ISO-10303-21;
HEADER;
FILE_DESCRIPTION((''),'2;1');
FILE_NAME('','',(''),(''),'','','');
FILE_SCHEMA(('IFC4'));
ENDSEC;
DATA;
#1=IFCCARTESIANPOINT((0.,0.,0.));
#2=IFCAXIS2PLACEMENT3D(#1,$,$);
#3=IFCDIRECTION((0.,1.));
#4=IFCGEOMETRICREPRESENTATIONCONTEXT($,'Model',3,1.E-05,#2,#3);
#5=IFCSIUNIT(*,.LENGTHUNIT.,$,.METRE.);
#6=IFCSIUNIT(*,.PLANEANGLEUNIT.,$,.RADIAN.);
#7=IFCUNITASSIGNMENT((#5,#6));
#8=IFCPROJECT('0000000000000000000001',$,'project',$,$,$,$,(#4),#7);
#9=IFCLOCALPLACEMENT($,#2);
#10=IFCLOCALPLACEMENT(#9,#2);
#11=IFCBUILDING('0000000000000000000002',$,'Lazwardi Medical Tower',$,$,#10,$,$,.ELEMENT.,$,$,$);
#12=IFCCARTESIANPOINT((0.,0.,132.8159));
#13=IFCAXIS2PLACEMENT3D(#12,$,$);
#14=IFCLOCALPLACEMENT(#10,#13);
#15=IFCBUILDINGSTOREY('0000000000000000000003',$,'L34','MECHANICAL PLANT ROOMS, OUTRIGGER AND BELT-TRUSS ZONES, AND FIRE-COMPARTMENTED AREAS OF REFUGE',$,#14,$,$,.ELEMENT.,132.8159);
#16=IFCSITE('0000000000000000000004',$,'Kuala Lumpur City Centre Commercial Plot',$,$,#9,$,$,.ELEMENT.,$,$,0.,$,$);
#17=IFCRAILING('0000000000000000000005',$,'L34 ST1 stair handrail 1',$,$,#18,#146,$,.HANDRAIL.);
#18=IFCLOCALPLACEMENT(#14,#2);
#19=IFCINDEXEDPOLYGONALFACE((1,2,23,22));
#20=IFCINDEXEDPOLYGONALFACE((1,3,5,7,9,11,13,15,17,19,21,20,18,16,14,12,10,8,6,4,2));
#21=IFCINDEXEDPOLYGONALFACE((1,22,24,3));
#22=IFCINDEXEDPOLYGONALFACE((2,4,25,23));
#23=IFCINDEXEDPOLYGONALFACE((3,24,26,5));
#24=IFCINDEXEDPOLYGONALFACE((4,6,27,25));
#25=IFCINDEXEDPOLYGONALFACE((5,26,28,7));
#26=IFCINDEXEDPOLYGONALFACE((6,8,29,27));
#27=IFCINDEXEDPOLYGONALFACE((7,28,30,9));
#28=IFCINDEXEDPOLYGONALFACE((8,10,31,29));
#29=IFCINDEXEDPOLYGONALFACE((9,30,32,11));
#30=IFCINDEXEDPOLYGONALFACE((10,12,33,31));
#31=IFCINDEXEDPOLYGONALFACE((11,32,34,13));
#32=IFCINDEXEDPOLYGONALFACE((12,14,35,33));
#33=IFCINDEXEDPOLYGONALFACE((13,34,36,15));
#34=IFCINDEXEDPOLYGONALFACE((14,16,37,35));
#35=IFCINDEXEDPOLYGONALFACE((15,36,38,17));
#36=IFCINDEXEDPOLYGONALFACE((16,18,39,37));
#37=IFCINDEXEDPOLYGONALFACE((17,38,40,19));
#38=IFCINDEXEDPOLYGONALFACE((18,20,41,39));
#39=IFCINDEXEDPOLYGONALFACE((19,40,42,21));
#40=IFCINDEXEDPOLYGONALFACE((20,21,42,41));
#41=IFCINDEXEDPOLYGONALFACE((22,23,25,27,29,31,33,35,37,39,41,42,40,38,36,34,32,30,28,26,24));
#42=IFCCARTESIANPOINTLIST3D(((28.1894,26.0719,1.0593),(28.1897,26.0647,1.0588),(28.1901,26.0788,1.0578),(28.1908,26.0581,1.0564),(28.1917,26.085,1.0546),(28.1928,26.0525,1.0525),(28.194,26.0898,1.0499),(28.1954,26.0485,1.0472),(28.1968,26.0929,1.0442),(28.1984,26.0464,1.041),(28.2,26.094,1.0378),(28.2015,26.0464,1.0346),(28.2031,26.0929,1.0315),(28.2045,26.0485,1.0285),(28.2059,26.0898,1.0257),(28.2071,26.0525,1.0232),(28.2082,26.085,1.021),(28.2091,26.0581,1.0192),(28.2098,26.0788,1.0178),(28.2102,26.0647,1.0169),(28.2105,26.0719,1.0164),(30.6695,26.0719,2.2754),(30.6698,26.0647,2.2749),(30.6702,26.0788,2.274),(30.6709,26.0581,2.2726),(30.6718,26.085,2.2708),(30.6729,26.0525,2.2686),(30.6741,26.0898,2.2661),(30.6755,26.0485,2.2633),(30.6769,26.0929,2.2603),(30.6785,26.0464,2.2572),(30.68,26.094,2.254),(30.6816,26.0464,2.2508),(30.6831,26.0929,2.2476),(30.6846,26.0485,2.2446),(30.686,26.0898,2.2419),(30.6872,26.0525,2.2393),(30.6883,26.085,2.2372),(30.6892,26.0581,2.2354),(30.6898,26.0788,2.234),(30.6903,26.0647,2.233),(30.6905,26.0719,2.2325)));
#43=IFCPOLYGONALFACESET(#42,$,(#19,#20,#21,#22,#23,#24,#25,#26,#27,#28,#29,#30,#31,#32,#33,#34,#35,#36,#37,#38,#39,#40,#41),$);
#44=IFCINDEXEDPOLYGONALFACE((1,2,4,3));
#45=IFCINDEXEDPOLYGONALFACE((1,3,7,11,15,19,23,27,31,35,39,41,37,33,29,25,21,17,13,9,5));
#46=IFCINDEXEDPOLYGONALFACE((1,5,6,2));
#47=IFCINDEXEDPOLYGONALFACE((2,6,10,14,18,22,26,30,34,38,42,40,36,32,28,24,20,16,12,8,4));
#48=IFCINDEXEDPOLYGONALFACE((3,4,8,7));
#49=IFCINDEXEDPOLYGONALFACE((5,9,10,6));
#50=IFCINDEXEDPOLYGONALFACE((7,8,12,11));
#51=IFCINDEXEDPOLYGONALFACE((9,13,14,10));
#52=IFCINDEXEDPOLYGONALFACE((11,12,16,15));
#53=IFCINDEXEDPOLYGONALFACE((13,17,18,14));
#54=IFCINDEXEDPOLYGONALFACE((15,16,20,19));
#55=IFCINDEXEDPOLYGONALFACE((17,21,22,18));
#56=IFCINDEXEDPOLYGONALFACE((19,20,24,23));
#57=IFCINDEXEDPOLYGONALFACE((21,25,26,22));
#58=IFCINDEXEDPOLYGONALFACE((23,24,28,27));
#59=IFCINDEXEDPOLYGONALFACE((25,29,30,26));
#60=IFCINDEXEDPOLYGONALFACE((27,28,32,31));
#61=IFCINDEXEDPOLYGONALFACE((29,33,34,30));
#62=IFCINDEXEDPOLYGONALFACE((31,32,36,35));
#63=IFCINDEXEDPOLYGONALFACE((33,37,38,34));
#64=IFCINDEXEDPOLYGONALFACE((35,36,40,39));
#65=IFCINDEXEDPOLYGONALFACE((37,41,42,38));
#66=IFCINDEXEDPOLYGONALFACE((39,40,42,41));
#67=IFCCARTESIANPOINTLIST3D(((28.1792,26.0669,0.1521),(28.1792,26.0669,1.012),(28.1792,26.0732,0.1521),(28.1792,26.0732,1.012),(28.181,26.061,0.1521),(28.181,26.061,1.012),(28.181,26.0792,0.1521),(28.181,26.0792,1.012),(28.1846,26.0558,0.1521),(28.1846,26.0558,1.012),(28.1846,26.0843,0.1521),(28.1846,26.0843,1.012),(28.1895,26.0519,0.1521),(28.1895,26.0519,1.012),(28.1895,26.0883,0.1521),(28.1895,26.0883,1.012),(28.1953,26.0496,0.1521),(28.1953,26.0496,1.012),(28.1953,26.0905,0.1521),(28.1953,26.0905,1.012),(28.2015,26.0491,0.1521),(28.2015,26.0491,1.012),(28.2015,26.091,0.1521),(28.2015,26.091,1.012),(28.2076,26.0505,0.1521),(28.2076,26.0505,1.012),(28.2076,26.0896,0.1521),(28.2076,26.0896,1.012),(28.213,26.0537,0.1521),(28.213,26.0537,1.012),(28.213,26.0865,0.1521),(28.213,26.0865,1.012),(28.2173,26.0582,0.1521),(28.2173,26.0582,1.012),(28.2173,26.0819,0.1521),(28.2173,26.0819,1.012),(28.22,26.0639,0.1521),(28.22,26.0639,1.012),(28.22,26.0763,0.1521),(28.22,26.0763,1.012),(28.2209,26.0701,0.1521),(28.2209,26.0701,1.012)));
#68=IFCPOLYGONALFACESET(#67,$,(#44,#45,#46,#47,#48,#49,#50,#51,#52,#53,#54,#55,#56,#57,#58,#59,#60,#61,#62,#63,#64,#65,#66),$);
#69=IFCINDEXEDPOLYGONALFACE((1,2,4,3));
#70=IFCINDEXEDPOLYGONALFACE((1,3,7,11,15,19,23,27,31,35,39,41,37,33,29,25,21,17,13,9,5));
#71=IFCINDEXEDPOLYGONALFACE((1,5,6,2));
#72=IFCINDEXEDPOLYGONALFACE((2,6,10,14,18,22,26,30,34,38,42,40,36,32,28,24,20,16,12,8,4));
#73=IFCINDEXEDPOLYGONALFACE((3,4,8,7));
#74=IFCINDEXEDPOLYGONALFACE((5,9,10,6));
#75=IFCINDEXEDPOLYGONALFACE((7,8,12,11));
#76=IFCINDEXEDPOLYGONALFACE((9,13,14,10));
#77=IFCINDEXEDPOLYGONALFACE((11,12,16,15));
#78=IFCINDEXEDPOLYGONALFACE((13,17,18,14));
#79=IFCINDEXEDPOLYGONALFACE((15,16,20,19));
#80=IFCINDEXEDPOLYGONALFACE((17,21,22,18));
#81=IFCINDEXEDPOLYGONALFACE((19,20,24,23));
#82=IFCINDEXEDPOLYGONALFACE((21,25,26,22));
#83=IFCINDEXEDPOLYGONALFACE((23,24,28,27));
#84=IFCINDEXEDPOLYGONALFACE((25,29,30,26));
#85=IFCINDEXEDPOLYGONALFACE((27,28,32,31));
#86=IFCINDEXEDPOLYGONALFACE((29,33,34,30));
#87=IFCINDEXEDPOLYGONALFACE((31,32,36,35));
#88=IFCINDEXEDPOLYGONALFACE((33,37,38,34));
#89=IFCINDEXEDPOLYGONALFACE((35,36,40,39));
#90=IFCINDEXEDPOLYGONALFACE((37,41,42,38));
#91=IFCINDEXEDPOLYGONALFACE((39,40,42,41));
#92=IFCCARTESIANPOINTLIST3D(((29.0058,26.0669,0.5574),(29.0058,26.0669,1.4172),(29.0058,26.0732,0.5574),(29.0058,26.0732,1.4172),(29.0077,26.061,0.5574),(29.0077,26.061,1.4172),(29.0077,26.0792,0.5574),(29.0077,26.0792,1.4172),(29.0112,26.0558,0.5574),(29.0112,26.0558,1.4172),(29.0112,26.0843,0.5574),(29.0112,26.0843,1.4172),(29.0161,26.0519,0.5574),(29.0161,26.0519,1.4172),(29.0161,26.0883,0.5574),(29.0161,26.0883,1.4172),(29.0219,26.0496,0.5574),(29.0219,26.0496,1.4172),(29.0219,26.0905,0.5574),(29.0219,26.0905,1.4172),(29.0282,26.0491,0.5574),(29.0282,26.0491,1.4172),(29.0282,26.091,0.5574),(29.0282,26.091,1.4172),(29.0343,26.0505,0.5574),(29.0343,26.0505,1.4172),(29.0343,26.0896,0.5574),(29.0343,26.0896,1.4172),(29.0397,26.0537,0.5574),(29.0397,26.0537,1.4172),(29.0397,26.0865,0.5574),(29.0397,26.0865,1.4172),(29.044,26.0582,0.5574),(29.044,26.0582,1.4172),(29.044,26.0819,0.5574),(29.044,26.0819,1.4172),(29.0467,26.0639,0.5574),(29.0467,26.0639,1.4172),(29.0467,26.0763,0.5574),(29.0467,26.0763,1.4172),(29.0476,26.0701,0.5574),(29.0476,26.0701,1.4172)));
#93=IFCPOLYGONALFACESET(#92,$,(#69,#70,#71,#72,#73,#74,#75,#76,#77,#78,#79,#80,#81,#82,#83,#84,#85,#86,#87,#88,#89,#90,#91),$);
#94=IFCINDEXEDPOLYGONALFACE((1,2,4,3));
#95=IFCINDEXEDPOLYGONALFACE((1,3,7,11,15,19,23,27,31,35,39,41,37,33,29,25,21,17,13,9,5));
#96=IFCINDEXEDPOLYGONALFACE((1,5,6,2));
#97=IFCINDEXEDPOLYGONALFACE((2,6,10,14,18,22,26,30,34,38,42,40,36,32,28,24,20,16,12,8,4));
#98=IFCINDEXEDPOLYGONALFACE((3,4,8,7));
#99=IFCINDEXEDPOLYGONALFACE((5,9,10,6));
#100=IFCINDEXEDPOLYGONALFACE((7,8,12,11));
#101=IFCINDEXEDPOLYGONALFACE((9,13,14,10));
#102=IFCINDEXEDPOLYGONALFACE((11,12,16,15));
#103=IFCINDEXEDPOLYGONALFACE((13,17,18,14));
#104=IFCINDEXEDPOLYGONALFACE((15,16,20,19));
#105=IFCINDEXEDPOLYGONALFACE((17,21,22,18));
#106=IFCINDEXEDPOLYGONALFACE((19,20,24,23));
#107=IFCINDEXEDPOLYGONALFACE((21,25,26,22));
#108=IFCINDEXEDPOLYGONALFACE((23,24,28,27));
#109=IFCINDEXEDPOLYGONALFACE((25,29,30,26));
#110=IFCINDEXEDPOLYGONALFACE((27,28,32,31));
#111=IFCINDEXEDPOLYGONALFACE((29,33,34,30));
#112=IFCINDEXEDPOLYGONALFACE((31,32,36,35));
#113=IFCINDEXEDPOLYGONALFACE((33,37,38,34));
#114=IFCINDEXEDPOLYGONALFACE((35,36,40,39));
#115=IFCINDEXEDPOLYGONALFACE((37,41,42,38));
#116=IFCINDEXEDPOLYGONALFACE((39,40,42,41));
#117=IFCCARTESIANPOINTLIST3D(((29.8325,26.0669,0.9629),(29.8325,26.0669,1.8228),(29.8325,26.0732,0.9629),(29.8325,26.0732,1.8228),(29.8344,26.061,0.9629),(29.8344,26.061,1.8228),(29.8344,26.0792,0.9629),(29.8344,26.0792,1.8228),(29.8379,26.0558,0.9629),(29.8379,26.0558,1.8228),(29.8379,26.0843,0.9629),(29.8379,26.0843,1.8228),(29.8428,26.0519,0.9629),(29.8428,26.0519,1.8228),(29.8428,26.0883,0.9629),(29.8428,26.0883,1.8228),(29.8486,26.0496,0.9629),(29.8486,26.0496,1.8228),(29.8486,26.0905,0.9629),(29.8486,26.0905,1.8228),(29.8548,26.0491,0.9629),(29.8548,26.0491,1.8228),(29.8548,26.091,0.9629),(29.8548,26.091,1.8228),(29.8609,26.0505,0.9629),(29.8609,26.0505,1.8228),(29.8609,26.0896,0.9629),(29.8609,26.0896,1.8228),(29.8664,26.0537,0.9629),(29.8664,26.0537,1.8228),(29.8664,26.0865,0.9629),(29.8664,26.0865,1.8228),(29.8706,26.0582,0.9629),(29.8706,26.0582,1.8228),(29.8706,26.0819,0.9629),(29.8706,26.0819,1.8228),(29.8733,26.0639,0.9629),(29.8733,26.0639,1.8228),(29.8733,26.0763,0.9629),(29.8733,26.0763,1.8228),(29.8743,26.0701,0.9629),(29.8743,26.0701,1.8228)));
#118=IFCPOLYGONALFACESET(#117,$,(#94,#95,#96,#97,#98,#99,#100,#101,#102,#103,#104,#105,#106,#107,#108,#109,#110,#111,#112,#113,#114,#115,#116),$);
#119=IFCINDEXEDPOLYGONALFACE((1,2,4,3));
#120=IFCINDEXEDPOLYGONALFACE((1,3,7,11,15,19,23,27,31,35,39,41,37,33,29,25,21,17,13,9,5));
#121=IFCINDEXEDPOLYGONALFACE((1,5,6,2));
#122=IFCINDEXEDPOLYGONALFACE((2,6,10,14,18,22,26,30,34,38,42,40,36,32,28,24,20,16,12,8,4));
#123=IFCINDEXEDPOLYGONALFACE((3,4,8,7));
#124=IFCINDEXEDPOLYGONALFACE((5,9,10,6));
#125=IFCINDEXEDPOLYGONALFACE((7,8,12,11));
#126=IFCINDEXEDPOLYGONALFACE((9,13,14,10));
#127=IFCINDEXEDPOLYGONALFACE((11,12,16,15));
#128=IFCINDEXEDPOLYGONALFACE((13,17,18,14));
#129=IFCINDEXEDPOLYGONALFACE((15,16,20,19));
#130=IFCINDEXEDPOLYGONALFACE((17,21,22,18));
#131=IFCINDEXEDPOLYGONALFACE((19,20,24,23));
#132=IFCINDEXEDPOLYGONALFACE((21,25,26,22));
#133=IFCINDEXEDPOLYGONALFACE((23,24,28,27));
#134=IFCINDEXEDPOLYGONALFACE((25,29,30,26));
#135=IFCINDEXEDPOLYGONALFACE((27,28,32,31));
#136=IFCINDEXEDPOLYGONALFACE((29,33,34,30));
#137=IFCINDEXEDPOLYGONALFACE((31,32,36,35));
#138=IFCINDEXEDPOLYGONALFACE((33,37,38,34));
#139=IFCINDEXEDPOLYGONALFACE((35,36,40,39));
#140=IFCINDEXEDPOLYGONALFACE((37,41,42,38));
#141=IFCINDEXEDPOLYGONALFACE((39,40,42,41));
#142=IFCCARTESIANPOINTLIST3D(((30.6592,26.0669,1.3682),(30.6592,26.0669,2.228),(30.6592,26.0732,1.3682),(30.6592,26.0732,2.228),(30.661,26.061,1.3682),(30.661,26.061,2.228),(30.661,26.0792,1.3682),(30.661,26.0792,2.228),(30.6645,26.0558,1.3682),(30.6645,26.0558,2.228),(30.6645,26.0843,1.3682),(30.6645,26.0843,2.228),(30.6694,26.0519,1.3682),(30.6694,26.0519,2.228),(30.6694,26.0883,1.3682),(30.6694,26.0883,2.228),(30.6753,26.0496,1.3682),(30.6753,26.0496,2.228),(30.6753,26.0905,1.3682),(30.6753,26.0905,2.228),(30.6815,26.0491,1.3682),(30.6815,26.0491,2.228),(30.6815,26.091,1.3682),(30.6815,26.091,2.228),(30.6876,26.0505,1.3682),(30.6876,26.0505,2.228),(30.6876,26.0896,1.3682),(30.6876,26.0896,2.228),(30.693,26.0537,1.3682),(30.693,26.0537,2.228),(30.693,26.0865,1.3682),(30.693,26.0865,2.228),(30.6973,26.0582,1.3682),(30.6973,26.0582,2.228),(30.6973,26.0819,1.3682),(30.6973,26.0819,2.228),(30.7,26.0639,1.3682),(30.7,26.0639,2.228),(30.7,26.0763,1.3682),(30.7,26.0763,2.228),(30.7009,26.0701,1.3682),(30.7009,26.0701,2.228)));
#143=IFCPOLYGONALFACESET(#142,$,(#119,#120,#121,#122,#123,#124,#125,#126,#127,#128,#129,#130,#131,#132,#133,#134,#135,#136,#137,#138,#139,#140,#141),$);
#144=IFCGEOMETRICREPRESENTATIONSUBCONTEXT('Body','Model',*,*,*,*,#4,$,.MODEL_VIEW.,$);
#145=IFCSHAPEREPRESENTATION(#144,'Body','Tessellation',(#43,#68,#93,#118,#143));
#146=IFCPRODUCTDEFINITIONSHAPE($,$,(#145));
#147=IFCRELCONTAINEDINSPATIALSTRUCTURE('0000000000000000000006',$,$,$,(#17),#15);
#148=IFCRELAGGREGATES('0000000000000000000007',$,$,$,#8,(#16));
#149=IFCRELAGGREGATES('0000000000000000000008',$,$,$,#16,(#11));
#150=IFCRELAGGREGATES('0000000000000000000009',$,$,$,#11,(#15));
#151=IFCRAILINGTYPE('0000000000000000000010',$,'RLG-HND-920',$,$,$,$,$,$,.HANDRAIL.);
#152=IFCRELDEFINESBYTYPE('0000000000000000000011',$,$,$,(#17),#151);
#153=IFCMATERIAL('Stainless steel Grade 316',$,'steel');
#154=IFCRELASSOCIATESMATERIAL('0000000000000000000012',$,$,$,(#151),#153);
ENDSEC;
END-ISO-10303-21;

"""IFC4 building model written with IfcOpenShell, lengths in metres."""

from ifc_helpers import new_model, si_unit, direction, frame, origin, origin_2d, place, context, subcontext, project, spatial, circle, extrude, material, type_object, element, save


model = new_model("IFC4")

# Units and contexts
model_context = context("Model", 3, precision=1e-05, world=origin(), true_north=direction((0.0, 1.0)))
body_context = subcontext(model_context, "Body", "Model", "MODEL_VIEW")
ifc_project = project(units=[si_unit("LENGTHUNIT", "METRE"), si_unit("PLANEANGLEUNIT", "RADIAN")], contexts=[model_context])

# Site, building, storey
site_placement = place(None, origin())
site = spatial("IfcSite", under=ifc_project, at=site_placement, Name="Kuala Lumpur City Centre Commercial Plot", CompositionType="ELEMENT", RefElevation=0.0)
building_placement = place(site_placement, origin())
building = spatial("IfcBuilding", under=site, at=building_placement, Name="Lazwardi Medical Tower", CompositionType="ELEMENT")
storey_placement = place(building_placement, frame((0.0, 0.0, 132.8159)))
storey = spatial("IfcBuildingStorey", under=building, at=storey_placement, Name="L34", Description="MECHANICAL PLANT ROOMS, OUTRIGGER AND BELT-TRUSS ZONES, AND FIRE-COMPARTMENTED AREAS OF REFUGE", CompositionType="ELEMENT", Elevation=132.8159)

# Railing
ifc_material_1 = material(Name="Stainless steel Grade 316", Category="steel")
railing_type = type_object("IfcRailingType", Name="RLG-HND-920", PredefinedType="HANDRAIL", material=ifc_material_1)
railing_1_placement = place(storey_placement, frame((28.2, 26.0701, 0.1521)))
element("IfcRailing", 1, at=railing_1_placement, inside=storey, type_object=railing_type, Name="L34 ST1 stair handrail 1", PredefinedType="HANDRAIL", context=body_context, shape_type="SweptSolid", body=[
    extrude(circle(Radius=0.0239, at=origin_2d()), frame((0.0, 0.0, 0.8857), z_axis=(0.897865, 0.0, 0.44027), x_axis=(0.0, 1.0, 0.0)), (0.0, 0.0, 1.0), 2.7622),
    extrude(circle(Radius=0.021, at=origin_2d()), origin(), (0.0, 0.0, 1.0), 0.8599),
    extrude(circle(Radius=0.021, at=origin_2d()), frame((0.8267, 0.0, 0.4053)), (0.0, 0.0, 1.0), 0.8599),
    extrude(circle(Radius=0.021, at=origin_2d()), frame((1.6533, 0.0, 0.8108)), (0.0, 0.0, 1.0), 0.8599),
    extrude(circle(Radius=0.021, at=origin_2d()), frame((2.48, 0.0, 1.2161)), (0.0, 0.0, 1.0), 0.8599),
])

save(model, "model.ifc")
